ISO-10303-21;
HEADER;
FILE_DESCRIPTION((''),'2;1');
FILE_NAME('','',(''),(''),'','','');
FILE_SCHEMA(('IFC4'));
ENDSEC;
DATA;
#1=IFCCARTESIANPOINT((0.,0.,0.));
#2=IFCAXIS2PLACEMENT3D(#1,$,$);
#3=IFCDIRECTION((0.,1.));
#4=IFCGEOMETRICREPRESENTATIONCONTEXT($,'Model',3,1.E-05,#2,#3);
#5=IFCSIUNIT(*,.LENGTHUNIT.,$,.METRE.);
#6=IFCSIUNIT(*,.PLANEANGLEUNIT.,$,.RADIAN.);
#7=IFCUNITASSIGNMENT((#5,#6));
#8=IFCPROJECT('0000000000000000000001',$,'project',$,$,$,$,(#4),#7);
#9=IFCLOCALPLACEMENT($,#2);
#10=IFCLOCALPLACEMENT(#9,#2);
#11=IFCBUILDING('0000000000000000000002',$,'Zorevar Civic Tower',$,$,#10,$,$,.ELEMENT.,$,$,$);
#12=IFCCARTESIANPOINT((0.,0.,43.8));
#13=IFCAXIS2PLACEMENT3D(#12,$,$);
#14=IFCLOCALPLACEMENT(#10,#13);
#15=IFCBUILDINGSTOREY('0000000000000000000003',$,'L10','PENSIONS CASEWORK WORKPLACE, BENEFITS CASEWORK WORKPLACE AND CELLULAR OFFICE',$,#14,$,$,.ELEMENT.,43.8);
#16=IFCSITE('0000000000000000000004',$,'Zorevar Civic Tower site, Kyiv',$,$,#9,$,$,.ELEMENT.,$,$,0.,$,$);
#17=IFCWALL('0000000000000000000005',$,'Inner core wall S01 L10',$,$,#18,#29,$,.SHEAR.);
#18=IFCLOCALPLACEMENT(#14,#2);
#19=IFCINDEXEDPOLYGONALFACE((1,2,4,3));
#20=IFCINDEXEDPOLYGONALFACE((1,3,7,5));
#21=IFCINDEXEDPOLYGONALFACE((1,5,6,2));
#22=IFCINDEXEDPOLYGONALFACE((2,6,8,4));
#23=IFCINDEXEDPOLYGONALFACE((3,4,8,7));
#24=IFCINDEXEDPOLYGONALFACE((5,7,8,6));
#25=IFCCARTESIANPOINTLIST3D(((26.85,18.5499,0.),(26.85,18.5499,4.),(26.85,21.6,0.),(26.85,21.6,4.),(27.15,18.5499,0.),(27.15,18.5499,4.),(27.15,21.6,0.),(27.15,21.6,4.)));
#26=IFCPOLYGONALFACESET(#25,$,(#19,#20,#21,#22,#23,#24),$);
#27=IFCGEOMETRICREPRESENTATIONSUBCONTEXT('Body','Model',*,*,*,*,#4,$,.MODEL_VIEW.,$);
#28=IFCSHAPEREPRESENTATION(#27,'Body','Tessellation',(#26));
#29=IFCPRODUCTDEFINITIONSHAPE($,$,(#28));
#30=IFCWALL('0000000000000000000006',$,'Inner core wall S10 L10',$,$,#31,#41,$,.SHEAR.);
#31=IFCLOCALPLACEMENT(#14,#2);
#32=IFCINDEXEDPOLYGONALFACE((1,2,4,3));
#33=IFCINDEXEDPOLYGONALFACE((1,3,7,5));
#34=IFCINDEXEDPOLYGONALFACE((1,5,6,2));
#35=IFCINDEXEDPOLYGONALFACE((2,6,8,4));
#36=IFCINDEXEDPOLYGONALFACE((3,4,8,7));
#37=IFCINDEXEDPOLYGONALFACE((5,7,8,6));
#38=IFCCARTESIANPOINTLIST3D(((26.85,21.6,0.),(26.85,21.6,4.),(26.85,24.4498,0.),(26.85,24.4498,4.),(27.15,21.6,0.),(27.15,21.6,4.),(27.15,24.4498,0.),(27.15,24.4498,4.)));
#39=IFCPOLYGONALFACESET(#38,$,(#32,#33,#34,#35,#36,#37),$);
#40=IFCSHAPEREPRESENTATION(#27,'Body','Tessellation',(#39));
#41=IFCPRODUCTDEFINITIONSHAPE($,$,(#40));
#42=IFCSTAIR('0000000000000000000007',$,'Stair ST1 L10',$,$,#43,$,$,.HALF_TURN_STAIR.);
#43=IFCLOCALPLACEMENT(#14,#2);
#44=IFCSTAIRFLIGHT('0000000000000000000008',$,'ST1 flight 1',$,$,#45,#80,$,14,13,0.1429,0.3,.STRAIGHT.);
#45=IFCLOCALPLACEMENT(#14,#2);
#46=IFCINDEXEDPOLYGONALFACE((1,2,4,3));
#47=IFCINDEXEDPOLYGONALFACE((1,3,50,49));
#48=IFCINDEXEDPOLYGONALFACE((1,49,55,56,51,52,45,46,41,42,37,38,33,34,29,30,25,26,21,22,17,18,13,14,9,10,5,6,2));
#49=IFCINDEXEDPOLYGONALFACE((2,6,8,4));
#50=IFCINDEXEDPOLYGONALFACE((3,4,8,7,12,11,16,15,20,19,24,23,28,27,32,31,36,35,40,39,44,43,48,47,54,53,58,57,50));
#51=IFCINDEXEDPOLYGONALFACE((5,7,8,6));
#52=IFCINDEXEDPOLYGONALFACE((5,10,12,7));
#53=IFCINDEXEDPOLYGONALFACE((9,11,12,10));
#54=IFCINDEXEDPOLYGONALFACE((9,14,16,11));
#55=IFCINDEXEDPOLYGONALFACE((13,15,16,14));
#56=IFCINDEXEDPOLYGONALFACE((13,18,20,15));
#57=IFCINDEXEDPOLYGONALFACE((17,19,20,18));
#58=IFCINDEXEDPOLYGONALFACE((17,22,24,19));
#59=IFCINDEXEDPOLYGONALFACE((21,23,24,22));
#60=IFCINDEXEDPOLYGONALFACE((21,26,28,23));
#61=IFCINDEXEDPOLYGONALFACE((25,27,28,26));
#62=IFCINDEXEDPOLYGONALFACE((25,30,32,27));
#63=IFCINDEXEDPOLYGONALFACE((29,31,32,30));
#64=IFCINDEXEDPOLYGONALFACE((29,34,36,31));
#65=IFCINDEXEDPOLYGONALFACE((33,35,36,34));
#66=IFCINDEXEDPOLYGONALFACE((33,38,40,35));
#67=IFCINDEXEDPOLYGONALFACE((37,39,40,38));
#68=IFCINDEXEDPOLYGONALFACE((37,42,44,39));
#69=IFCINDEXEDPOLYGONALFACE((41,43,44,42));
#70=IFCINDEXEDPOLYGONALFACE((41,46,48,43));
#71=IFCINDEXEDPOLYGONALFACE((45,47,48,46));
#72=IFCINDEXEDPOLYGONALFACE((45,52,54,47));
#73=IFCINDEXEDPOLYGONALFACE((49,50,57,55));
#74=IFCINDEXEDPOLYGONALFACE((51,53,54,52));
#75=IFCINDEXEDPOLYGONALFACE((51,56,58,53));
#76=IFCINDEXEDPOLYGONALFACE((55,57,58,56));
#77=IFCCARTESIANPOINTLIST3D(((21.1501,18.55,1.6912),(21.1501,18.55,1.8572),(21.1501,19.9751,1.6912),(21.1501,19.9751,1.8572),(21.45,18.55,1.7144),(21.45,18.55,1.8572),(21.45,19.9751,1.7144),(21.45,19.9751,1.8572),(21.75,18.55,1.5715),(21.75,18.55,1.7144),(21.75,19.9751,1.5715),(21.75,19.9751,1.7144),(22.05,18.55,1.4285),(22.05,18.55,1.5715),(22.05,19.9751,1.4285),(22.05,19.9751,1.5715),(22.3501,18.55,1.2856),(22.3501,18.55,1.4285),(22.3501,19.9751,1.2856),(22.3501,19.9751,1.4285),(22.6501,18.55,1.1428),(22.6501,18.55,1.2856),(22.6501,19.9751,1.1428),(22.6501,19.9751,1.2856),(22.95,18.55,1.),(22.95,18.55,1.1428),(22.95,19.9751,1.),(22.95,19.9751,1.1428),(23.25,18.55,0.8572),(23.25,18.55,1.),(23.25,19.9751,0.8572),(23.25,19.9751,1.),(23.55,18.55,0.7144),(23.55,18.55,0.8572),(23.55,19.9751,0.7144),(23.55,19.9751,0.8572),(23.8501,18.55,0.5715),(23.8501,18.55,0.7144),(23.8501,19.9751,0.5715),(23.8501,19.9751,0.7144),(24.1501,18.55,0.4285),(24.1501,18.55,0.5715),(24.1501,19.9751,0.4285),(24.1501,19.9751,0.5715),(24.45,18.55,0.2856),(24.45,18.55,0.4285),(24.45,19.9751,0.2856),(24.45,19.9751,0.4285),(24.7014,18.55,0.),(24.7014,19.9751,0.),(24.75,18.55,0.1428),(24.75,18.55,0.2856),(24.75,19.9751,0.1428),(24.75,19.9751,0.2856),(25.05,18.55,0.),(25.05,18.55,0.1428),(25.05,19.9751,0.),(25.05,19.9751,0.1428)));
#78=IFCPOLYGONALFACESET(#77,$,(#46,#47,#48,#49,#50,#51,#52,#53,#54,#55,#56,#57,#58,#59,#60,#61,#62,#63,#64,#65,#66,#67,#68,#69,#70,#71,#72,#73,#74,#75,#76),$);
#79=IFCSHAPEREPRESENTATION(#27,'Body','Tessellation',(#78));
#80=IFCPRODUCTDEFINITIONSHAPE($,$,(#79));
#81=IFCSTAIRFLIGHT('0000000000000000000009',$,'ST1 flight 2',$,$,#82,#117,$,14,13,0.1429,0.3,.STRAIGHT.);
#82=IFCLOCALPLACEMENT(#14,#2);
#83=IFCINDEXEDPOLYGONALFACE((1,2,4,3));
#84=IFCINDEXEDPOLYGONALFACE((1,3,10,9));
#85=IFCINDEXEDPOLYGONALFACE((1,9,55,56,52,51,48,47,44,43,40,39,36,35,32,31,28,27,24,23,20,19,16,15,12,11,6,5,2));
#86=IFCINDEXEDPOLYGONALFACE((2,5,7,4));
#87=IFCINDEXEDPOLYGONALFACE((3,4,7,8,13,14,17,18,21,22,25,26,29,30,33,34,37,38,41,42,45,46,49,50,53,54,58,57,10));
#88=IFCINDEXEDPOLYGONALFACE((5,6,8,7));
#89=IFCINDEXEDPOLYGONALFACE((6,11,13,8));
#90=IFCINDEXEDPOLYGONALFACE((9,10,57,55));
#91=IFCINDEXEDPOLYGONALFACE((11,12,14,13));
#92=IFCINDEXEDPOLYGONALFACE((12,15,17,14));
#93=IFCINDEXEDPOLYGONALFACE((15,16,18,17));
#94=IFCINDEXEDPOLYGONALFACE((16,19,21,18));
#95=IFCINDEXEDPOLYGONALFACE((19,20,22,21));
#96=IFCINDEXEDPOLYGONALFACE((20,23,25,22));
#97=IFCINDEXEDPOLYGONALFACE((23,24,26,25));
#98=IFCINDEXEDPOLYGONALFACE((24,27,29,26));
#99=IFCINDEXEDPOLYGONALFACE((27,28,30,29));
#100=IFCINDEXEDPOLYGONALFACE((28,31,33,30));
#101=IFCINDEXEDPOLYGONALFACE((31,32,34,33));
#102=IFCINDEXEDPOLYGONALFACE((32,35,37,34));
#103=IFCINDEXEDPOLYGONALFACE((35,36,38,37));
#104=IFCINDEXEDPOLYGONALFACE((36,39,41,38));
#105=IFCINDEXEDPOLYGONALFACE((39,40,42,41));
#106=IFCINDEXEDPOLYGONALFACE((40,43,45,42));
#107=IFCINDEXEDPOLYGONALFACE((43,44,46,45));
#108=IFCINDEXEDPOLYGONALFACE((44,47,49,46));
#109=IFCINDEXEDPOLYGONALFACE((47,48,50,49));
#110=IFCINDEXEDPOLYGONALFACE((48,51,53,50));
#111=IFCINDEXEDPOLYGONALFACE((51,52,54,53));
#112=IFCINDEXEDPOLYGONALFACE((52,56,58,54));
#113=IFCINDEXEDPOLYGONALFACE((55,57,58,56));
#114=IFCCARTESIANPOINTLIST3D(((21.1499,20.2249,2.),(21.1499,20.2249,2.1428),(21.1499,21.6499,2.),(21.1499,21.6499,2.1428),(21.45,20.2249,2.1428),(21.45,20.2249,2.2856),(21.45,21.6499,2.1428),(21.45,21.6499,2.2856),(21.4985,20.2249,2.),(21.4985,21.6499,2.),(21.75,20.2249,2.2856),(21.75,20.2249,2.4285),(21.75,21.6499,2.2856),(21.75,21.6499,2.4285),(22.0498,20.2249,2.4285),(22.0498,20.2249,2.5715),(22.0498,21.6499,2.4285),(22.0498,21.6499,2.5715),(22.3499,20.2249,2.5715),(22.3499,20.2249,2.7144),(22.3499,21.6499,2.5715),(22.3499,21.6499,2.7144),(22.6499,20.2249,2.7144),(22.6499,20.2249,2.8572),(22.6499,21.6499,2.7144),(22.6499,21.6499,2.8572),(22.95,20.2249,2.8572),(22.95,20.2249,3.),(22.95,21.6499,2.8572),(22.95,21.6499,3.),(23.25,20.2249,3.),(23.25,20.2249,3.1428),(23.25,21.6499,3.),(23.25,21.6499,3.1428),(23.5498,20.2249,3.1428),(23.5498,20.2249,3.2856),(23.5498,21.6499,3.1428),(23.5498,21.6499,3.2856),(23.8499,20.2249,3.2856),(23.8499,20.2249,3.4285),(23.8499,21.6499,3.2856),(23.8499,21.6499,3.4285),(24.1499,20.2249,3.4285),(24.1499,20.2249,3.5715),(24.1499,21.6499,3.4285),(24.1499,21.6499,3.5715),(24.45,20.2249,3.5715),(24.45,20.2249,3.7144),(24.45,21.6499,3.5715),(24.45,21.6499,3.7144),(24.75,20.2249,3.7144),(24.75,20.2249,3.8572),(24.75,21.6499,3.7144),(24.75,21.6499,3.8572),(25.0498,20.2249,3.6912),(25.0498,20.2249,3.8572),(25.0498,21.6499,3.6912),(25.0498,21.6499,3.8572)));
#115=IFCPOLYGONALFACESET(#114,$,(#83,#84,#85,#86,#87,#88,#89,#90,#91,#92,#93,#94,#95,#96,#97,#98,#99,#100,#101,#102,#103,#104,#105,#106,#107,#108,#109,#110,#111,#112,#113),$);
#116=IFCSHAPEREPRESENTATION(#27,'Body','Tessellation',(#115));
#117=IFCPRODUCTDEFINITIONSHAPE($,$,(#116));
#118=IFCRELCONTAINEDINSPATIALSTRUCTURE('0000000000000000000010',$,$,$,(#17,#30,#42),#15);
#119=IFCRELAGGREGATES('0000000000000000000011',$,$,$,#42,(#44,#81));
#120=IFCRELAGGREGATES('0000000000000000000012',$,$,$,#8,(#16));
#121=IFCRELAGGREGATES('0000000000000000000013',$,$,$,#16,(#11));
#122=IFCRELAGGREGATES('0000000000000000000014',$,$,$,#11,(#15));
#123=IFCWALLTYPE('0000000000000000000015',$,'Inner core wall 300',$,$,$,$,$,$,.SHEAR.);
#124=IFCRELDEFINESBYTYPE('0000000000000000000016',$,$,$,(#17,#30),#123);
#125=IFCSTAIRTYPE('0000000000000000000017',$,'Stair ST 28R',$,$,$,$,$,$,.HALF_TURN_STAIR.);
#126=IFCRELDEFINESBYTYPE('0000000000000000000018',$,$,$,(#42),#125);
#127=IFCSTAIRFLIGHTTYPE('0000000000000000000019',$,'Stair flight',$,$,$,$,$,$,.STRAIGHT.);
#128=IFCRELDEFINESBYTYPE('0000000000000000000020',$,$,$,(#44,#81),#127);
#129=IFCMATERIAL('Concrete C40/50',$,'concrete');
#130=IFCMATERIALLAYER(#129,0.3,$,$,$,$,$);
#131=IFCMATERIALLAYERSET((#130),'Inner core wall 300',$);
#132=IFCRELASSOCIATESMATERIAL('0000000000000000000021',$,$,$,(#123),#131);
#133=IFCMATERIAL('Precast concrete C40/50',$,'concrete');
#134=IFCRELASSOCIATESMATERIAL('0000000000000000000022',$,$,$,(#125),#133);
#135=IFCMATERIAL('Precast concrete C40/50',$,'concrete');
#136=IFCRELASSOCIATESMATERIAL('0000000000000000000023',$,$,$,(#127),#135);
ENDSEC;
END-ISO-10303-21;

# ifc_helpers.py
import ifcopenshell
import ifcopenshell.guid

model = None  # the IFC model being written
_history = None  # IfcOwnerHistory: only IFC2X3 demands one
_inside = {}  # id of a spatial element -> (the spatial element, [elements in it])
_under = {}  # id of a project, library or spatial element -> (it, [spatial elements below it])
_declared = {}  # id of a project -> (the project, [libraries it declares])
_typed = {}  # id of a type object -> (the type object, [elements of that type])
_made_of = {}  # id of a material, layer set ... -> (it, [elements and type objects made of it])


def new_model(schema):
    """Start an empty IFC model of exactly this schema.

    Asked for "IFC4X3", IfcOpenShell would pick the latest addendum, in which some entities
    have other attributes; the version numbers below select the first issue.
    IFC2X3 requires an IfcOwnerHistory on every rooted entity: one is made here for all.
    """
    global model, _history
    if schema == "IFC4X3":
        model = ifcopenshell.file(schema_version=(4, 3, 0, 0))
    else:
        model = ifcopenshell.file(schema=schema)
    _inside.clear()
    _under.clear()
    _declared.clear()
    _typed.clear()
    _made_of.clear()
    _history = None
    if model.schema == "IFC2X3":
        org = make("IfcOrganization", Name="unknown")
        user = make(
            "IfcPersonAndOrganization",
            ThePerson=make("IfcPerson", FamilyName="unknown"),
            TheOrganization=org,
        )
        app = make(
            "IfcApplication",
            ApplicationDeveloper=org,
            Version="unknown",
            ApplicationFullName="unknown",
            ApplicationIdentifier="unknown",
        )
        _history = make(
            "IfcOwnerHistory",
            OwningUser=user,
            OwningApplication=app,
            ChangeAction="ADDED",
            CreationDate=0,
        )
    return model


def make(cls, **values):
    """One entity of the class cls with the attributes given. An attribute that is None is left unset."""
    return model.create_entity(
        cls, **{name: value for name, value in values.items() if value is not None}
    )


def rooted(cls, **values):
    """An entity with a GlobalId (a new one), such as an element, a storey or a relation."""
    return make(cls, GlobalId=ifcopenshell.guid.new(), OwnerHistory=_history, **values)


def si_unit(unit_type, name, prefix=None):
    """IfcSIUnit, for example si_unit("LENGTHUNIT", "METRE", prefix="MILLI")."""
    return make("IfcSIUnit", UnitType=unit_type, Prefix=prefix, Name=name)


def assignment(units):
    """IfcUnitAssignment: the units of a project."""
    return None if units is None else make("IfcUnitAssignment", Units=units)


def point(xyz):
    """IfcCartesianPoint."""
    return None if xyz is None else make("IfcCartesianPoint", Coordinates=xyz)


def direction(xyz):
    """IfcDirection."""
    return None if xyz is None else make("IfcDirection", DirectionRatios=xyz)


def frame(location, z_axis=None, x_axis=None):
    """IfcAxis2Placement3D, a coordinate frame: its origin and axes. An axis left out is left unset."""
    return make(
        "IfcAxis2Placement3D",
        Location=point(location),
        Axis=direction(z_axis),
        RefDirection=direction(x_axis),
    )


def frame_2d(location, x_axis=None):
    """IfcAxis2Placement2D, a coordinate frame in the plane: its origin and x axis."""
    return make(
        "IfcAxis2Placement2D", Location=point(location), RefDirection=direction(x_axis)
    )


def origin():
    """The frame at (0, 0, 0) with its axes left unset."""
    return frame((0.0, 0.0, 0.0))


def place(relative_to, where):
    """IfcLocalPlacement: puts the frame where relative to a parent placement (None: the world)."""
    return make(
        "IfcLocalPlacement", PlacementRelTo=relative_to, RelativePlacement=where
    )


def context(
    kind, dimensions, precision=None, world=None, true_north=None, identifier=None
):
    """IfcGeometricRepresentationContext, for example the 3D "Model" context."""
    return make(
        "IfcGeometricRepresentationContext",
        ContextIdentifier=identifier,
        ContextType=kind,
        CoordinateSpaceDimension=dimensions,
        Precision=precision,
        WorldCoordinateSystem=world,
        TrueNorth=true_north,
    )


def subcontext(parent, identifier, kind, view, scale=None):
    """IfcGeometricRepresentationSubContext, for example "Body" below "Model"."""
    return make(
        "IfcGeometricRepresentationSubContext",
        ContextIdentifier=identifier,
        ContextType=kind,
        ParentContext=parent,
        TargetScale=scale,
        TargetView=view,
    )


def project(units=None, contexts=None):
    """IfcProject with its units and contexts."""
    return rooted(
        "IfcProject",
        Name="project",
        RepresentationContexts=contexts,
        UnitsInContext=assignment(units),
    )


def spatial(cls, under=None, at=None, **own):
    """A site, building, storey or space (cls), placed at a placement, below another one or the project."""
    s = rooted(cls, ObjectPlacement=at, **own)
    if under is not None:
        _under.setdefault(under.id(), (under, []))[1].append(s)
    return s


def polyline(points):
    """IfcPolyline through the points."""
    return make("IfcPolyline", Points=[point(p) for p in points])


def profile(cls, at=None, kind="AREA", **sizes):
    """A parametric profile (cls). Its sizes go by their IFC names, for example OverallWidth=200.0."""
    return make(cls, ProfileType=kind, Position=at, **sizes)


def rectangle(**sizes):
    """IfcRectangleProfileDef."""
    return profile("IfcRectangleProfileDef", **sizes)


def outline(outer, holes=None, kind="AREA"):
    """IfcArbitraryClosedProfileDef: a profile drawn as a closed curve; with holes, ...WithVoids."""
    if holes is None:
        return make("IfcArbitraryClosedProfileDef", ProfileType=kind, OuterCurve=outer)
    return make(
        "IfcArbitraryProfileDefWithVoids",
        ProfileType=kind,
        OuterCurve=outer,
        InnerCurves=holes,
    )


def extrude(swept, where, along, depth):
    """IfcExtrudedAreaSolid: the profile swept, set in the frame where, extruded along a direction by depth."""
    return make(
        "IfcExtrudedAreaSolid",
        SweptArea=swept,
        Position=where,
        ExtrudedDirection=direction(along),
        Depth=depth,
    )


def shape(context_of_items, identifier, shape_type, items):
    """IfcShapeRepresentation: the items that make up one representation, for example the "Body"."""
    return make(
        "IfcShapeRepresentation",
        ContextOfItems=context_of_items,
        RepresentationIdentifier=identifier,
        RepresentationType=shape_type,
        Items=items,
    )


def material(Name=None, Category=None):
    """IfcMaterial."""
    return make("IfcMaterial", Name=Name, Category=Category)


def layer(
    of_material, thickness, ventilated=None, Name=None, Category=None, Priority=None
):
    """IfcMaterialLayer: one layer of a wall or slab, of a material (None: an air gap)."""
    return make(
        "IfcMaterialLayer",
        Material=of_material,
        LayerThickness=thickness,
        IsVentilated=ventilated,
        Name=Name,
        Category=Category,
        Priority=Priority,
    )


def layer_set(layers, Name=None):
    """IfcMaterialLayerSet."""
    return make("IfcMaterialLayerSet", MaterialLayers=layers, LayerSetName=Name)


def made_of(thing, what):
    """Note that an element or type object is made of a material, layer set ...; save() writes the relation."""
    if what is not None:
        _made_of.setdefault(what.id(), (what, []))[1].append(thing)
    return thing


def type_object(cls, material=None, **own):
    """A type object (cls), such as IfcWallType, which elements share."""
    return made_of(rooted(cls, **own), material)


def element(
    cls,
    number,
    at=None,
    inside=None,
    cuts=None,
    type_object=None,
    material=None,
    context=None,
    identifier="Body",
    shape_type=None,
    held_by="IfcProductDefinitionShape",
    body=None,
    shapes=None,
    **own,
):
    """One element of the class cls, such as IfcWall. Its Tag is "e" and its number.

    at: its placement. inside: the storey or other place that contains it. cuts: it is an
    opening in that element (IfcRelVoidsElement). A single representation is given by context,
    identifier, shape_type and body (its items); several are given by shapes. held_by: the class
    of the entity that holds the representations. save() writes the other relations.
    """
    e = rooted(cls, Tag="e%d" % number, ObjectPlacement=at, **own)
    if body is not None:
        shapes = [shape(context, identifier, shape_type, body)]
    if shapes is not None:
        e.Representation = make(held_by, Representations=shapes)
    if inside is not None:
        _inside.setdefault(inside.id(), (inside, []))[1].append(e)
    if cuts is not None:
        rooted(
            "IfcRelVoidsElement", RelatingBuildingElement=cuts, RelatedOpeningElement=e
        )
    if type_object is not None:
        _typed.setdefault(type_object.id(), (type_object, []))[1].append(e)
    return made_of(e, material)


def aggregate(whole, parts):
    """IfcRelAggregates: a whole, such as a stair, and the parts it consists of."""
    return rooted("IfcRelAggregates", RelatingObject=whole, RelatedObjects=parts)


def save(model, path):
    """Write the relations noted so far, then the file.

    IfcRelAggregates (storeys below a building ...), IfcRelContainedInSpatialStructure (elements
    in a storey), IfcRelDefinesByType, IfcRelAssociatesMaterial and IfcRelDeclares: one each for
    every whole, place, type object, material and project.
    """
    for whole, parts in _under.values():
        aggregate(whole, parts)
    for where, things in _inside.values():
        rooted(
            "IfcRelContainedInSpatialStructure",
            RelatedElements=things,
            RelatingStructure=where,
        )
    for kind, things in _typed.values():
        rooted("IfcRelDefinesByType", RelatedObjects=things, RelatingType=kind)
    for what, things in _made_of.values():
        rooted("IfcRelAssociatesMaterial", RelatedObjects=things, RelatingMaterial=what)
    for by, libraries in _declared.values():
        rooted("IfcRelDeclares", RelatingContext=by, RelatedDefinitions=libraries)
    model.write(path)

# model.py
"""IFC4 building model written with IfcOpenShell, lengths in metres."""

from ifc_helpers import new_model, si_unit, direction, frame, frame_2d, origin, place, context, subcontext, project, spatial, polyline, rectangle, outline, extrude, material, layer, layer_set, type_object, element, aggregate, save


model = new_model("IFC4")

# Units and contexts
model_context = context("Model", 3, precision=1e-05, world=origin(), true_north=direction((0.0, 1.0)))
body_context = subcontext(model_context, "Body", "Model", "MODEL_VIEW")
ifc_project = project(units=[si_unit("LENGTHUNIT", "METRE"), si_unit("PLANEANGLEUNIT", "RADIAN")], contexts=[model_context])

# Site, building, storey
site_placement = place(None, origin())
site = spatial("IfcSite", under=ifc_project, at=site_placement, Name="Zorevar Civic Tower site, Kyiv", CompositionType="ELEMENT", RefElevation=0.0)
building_placement = place(site_placement, origin())
building = spatial("IfcBuilding", under=site, at=building_placement, Name="Zorevar Civic Tower", CompositionType="ELEMENT")
storey_placement = place(building_placement, frame((0.0, 0.0, 43.8)))
storey = spatial("IfcBuildingStorey", under=building, at=storey_placement, Name="L10", Description="PENSIONS CASEWORK WORKPLACE, BENEFITS CASEWORK WORKPLACE AND CELLULAR OFFICE", CompositionType="ELEMENT", Elevation=43.8)

# Wall
ifc_material_1 = material(Name="Concrete C40/50", Category="concrete")
ifc_layer = layer(ifc_material_1, 0.3)
ifc_layer_set = layer_set([ifc_layer], Name="Inner core wall 300")
wall_type = type_object("IfcWallType", Name="Inner core wall 300", PredefinedType="SHEAR", material=ifc_layer_set)
wall_1_placement = place(storey_placement, frame((27.0, 18.55, 0.0), z_axis=(0.0, 0.0, 1.0), x_axis=(0.0, 1.0, 0.0)))
element("IfcWall", 1, at=wall_1_placement, inside=storey, type_object=wall_type, Name="Inner core wall S01 L10", PredefinedType="SHEAR", context=body_context, shape_type="SweptSolid", body=[
    extrude(rectangle(XDim=3.05, YDim=0.3, at=frame_2d((1.5249, 0.0))), origin(), (0.0, 0.0, 1.0), 4.0),
])

# Wall
wall_2_placement = place(storey_placement, frame((27.0, 21.6001, 0.0), z_axis=(0.0, 0.0, 1.0), x_axis=(0.0, 1.0, 0.0)))
element("IfcWall", 2, at=wall_2_placement, inside=storey, type_object=wall_type, Name="Inner core wall S10 L10", PredefinedType="SHEAR", context=body_context, shape_type="SweptSolid", body=[
    extrude(rectangle(XDim=2.8499, YDim=0.3, at=frame_2d((1.4248, 0.0))), origin(), (0.0, 0.0, 1.0), 4.0),
])

# Stair, stair flights
ifc_material_2 = material(Name="Precast concrete C40/50", Category="concrete")
stair_type = type_object("IfcStairType", Name="Stair ST 28R", PredefinedType="HALF_TURN_STAIR", material=ifc_material_2)
stair_placement = place(storey_placement, origin())
stair = element("IfcStair", 3, at=stair_placement, inside=storey, type_object=stair_type, Name="Stair ST1 L10", PredefinedType="HALF_TURN_STAIR")
ifc_material_3 = material(Name="Precast concrete C40/50", Category="concrete")
stair_flight_type = type_object("IfcStairFlightType", Name="Stair flight", PredefinedType="STRAIGHT", material=ifc_material_3)
stair_flight_1_placement = place(storey_placement, frame((25.05, 19.2625, 0.0), z_axis=(0.0, 0.0, 1.0), x_axis=(-1.0, 0.0, 0.0)))
stair_flight_1 = element("IfcStairFlight", 4, at=stair_flight_1_placement, type_object=stair_flight_type, Name="ST1 flight 1", NumberOfRisers=14, NumberOfTreads=13, PredefinedType="STRAIGHT", RiserHeight=0.1429, TreadLength=0.3, context=body_context, shape_type="SweptSolid", body=[
    extrude(outline(polyline([(0.0, 0.0), (0.0, 0.1428), (0.3, 0.1428), (0.3, 0.2856), (0.6001, 0.2856), (0.6001, 0.4285), (0.8999, 0.4285), (0.8999, 0.5715), (1.2, 0.5715), (1.2, 0.7144), (1.5, 0.7144), (1.5, 0.8572), (1.8, 0.8572), (1.8, 1.0), (2.1001, 1.0), (2.1001, 1.1428), (2.3999, 1.1428), (2.3999, 1.2856), (2.7, 1.2856), (2.7, 1.4285), (3.0, 1.4285), (3.0, 1.5715), (3.3, 1.5715), (3.3, 1.7144), (3.6001, 1.7144), (3.6001, 1.8572), (3.8999, 1.8572), (3.8999, 2.0), (3.8999, 1.6912), (0.3486, 0.0), (0.0, 0.0)])), frame((0.0, 0.7124, 0.0), z_axis=(0.0, -1.0, 0.0), x_axis=(1.0, 0.0, 0.0)), (0.0, 0.0, 1.0), 1.425),
])
stair_flight_2_placement = place(storey_placement, frame((21.1499, 20.9375, 2.0), z_axis=(0.0, 0.0, 1.0), x_axis=(1.0, 0.0, 0.0)))
stair_flight_2 = element("IfcStairFlight", 5, at=stair_flight_2_placement, type_object=stair_flight_type, Name="ST1 flight 2", NumberOfRisers=14, NumberOfTreads=13, PredefinedType="STRAIGHT", RiserHeight=0.1429, TreadLength=0.3, context=body_context, shape_type="SweptSolid", body=[
    extrude(outline(polyline([(0.0, 0.0), (0.0, 0.1428), (0.3, 0.1428), (0.3, 0.2856), (0.6001, 0.2856), (0.6001, 0.4285), (0.8999, 0.4285), (0.8999, 0.5715), (1.2, 0.5715), (1.2, 0.7144), (1.5, 0.7144), (1.5, 0.8572), (1.8, 0.8572), (1.8, 1.0), (2.1001, 1.0), (2.1001, 1.1428), (2.3999, 1.1428), (2.3999, 1.2856), (2.7, 1.2856), (2.7, 1.4285), (3.0, 1.4285), (3.0, 1.5715), (3.3, 1.5715), (3.3, 1.7144), (3.6001, 1.7144), (3.6001, 1.8572), (3.8999, 1.8572), (3.8999, 2.0), (3.8999, 1.6912), (0.3486, 0.0), (0.0, 0.0)])), frame((0.0, 0.7124, 0.0), z_axis=(0.0, -1.0, 0.0), x_axis=(1.0, 0.0, 0.0)), (0.0, 0.0, 1.0), 1.425),
])
aggregate(stair, [stair_flight_1, stair_flight_2])

save(model, "model.ifc")
